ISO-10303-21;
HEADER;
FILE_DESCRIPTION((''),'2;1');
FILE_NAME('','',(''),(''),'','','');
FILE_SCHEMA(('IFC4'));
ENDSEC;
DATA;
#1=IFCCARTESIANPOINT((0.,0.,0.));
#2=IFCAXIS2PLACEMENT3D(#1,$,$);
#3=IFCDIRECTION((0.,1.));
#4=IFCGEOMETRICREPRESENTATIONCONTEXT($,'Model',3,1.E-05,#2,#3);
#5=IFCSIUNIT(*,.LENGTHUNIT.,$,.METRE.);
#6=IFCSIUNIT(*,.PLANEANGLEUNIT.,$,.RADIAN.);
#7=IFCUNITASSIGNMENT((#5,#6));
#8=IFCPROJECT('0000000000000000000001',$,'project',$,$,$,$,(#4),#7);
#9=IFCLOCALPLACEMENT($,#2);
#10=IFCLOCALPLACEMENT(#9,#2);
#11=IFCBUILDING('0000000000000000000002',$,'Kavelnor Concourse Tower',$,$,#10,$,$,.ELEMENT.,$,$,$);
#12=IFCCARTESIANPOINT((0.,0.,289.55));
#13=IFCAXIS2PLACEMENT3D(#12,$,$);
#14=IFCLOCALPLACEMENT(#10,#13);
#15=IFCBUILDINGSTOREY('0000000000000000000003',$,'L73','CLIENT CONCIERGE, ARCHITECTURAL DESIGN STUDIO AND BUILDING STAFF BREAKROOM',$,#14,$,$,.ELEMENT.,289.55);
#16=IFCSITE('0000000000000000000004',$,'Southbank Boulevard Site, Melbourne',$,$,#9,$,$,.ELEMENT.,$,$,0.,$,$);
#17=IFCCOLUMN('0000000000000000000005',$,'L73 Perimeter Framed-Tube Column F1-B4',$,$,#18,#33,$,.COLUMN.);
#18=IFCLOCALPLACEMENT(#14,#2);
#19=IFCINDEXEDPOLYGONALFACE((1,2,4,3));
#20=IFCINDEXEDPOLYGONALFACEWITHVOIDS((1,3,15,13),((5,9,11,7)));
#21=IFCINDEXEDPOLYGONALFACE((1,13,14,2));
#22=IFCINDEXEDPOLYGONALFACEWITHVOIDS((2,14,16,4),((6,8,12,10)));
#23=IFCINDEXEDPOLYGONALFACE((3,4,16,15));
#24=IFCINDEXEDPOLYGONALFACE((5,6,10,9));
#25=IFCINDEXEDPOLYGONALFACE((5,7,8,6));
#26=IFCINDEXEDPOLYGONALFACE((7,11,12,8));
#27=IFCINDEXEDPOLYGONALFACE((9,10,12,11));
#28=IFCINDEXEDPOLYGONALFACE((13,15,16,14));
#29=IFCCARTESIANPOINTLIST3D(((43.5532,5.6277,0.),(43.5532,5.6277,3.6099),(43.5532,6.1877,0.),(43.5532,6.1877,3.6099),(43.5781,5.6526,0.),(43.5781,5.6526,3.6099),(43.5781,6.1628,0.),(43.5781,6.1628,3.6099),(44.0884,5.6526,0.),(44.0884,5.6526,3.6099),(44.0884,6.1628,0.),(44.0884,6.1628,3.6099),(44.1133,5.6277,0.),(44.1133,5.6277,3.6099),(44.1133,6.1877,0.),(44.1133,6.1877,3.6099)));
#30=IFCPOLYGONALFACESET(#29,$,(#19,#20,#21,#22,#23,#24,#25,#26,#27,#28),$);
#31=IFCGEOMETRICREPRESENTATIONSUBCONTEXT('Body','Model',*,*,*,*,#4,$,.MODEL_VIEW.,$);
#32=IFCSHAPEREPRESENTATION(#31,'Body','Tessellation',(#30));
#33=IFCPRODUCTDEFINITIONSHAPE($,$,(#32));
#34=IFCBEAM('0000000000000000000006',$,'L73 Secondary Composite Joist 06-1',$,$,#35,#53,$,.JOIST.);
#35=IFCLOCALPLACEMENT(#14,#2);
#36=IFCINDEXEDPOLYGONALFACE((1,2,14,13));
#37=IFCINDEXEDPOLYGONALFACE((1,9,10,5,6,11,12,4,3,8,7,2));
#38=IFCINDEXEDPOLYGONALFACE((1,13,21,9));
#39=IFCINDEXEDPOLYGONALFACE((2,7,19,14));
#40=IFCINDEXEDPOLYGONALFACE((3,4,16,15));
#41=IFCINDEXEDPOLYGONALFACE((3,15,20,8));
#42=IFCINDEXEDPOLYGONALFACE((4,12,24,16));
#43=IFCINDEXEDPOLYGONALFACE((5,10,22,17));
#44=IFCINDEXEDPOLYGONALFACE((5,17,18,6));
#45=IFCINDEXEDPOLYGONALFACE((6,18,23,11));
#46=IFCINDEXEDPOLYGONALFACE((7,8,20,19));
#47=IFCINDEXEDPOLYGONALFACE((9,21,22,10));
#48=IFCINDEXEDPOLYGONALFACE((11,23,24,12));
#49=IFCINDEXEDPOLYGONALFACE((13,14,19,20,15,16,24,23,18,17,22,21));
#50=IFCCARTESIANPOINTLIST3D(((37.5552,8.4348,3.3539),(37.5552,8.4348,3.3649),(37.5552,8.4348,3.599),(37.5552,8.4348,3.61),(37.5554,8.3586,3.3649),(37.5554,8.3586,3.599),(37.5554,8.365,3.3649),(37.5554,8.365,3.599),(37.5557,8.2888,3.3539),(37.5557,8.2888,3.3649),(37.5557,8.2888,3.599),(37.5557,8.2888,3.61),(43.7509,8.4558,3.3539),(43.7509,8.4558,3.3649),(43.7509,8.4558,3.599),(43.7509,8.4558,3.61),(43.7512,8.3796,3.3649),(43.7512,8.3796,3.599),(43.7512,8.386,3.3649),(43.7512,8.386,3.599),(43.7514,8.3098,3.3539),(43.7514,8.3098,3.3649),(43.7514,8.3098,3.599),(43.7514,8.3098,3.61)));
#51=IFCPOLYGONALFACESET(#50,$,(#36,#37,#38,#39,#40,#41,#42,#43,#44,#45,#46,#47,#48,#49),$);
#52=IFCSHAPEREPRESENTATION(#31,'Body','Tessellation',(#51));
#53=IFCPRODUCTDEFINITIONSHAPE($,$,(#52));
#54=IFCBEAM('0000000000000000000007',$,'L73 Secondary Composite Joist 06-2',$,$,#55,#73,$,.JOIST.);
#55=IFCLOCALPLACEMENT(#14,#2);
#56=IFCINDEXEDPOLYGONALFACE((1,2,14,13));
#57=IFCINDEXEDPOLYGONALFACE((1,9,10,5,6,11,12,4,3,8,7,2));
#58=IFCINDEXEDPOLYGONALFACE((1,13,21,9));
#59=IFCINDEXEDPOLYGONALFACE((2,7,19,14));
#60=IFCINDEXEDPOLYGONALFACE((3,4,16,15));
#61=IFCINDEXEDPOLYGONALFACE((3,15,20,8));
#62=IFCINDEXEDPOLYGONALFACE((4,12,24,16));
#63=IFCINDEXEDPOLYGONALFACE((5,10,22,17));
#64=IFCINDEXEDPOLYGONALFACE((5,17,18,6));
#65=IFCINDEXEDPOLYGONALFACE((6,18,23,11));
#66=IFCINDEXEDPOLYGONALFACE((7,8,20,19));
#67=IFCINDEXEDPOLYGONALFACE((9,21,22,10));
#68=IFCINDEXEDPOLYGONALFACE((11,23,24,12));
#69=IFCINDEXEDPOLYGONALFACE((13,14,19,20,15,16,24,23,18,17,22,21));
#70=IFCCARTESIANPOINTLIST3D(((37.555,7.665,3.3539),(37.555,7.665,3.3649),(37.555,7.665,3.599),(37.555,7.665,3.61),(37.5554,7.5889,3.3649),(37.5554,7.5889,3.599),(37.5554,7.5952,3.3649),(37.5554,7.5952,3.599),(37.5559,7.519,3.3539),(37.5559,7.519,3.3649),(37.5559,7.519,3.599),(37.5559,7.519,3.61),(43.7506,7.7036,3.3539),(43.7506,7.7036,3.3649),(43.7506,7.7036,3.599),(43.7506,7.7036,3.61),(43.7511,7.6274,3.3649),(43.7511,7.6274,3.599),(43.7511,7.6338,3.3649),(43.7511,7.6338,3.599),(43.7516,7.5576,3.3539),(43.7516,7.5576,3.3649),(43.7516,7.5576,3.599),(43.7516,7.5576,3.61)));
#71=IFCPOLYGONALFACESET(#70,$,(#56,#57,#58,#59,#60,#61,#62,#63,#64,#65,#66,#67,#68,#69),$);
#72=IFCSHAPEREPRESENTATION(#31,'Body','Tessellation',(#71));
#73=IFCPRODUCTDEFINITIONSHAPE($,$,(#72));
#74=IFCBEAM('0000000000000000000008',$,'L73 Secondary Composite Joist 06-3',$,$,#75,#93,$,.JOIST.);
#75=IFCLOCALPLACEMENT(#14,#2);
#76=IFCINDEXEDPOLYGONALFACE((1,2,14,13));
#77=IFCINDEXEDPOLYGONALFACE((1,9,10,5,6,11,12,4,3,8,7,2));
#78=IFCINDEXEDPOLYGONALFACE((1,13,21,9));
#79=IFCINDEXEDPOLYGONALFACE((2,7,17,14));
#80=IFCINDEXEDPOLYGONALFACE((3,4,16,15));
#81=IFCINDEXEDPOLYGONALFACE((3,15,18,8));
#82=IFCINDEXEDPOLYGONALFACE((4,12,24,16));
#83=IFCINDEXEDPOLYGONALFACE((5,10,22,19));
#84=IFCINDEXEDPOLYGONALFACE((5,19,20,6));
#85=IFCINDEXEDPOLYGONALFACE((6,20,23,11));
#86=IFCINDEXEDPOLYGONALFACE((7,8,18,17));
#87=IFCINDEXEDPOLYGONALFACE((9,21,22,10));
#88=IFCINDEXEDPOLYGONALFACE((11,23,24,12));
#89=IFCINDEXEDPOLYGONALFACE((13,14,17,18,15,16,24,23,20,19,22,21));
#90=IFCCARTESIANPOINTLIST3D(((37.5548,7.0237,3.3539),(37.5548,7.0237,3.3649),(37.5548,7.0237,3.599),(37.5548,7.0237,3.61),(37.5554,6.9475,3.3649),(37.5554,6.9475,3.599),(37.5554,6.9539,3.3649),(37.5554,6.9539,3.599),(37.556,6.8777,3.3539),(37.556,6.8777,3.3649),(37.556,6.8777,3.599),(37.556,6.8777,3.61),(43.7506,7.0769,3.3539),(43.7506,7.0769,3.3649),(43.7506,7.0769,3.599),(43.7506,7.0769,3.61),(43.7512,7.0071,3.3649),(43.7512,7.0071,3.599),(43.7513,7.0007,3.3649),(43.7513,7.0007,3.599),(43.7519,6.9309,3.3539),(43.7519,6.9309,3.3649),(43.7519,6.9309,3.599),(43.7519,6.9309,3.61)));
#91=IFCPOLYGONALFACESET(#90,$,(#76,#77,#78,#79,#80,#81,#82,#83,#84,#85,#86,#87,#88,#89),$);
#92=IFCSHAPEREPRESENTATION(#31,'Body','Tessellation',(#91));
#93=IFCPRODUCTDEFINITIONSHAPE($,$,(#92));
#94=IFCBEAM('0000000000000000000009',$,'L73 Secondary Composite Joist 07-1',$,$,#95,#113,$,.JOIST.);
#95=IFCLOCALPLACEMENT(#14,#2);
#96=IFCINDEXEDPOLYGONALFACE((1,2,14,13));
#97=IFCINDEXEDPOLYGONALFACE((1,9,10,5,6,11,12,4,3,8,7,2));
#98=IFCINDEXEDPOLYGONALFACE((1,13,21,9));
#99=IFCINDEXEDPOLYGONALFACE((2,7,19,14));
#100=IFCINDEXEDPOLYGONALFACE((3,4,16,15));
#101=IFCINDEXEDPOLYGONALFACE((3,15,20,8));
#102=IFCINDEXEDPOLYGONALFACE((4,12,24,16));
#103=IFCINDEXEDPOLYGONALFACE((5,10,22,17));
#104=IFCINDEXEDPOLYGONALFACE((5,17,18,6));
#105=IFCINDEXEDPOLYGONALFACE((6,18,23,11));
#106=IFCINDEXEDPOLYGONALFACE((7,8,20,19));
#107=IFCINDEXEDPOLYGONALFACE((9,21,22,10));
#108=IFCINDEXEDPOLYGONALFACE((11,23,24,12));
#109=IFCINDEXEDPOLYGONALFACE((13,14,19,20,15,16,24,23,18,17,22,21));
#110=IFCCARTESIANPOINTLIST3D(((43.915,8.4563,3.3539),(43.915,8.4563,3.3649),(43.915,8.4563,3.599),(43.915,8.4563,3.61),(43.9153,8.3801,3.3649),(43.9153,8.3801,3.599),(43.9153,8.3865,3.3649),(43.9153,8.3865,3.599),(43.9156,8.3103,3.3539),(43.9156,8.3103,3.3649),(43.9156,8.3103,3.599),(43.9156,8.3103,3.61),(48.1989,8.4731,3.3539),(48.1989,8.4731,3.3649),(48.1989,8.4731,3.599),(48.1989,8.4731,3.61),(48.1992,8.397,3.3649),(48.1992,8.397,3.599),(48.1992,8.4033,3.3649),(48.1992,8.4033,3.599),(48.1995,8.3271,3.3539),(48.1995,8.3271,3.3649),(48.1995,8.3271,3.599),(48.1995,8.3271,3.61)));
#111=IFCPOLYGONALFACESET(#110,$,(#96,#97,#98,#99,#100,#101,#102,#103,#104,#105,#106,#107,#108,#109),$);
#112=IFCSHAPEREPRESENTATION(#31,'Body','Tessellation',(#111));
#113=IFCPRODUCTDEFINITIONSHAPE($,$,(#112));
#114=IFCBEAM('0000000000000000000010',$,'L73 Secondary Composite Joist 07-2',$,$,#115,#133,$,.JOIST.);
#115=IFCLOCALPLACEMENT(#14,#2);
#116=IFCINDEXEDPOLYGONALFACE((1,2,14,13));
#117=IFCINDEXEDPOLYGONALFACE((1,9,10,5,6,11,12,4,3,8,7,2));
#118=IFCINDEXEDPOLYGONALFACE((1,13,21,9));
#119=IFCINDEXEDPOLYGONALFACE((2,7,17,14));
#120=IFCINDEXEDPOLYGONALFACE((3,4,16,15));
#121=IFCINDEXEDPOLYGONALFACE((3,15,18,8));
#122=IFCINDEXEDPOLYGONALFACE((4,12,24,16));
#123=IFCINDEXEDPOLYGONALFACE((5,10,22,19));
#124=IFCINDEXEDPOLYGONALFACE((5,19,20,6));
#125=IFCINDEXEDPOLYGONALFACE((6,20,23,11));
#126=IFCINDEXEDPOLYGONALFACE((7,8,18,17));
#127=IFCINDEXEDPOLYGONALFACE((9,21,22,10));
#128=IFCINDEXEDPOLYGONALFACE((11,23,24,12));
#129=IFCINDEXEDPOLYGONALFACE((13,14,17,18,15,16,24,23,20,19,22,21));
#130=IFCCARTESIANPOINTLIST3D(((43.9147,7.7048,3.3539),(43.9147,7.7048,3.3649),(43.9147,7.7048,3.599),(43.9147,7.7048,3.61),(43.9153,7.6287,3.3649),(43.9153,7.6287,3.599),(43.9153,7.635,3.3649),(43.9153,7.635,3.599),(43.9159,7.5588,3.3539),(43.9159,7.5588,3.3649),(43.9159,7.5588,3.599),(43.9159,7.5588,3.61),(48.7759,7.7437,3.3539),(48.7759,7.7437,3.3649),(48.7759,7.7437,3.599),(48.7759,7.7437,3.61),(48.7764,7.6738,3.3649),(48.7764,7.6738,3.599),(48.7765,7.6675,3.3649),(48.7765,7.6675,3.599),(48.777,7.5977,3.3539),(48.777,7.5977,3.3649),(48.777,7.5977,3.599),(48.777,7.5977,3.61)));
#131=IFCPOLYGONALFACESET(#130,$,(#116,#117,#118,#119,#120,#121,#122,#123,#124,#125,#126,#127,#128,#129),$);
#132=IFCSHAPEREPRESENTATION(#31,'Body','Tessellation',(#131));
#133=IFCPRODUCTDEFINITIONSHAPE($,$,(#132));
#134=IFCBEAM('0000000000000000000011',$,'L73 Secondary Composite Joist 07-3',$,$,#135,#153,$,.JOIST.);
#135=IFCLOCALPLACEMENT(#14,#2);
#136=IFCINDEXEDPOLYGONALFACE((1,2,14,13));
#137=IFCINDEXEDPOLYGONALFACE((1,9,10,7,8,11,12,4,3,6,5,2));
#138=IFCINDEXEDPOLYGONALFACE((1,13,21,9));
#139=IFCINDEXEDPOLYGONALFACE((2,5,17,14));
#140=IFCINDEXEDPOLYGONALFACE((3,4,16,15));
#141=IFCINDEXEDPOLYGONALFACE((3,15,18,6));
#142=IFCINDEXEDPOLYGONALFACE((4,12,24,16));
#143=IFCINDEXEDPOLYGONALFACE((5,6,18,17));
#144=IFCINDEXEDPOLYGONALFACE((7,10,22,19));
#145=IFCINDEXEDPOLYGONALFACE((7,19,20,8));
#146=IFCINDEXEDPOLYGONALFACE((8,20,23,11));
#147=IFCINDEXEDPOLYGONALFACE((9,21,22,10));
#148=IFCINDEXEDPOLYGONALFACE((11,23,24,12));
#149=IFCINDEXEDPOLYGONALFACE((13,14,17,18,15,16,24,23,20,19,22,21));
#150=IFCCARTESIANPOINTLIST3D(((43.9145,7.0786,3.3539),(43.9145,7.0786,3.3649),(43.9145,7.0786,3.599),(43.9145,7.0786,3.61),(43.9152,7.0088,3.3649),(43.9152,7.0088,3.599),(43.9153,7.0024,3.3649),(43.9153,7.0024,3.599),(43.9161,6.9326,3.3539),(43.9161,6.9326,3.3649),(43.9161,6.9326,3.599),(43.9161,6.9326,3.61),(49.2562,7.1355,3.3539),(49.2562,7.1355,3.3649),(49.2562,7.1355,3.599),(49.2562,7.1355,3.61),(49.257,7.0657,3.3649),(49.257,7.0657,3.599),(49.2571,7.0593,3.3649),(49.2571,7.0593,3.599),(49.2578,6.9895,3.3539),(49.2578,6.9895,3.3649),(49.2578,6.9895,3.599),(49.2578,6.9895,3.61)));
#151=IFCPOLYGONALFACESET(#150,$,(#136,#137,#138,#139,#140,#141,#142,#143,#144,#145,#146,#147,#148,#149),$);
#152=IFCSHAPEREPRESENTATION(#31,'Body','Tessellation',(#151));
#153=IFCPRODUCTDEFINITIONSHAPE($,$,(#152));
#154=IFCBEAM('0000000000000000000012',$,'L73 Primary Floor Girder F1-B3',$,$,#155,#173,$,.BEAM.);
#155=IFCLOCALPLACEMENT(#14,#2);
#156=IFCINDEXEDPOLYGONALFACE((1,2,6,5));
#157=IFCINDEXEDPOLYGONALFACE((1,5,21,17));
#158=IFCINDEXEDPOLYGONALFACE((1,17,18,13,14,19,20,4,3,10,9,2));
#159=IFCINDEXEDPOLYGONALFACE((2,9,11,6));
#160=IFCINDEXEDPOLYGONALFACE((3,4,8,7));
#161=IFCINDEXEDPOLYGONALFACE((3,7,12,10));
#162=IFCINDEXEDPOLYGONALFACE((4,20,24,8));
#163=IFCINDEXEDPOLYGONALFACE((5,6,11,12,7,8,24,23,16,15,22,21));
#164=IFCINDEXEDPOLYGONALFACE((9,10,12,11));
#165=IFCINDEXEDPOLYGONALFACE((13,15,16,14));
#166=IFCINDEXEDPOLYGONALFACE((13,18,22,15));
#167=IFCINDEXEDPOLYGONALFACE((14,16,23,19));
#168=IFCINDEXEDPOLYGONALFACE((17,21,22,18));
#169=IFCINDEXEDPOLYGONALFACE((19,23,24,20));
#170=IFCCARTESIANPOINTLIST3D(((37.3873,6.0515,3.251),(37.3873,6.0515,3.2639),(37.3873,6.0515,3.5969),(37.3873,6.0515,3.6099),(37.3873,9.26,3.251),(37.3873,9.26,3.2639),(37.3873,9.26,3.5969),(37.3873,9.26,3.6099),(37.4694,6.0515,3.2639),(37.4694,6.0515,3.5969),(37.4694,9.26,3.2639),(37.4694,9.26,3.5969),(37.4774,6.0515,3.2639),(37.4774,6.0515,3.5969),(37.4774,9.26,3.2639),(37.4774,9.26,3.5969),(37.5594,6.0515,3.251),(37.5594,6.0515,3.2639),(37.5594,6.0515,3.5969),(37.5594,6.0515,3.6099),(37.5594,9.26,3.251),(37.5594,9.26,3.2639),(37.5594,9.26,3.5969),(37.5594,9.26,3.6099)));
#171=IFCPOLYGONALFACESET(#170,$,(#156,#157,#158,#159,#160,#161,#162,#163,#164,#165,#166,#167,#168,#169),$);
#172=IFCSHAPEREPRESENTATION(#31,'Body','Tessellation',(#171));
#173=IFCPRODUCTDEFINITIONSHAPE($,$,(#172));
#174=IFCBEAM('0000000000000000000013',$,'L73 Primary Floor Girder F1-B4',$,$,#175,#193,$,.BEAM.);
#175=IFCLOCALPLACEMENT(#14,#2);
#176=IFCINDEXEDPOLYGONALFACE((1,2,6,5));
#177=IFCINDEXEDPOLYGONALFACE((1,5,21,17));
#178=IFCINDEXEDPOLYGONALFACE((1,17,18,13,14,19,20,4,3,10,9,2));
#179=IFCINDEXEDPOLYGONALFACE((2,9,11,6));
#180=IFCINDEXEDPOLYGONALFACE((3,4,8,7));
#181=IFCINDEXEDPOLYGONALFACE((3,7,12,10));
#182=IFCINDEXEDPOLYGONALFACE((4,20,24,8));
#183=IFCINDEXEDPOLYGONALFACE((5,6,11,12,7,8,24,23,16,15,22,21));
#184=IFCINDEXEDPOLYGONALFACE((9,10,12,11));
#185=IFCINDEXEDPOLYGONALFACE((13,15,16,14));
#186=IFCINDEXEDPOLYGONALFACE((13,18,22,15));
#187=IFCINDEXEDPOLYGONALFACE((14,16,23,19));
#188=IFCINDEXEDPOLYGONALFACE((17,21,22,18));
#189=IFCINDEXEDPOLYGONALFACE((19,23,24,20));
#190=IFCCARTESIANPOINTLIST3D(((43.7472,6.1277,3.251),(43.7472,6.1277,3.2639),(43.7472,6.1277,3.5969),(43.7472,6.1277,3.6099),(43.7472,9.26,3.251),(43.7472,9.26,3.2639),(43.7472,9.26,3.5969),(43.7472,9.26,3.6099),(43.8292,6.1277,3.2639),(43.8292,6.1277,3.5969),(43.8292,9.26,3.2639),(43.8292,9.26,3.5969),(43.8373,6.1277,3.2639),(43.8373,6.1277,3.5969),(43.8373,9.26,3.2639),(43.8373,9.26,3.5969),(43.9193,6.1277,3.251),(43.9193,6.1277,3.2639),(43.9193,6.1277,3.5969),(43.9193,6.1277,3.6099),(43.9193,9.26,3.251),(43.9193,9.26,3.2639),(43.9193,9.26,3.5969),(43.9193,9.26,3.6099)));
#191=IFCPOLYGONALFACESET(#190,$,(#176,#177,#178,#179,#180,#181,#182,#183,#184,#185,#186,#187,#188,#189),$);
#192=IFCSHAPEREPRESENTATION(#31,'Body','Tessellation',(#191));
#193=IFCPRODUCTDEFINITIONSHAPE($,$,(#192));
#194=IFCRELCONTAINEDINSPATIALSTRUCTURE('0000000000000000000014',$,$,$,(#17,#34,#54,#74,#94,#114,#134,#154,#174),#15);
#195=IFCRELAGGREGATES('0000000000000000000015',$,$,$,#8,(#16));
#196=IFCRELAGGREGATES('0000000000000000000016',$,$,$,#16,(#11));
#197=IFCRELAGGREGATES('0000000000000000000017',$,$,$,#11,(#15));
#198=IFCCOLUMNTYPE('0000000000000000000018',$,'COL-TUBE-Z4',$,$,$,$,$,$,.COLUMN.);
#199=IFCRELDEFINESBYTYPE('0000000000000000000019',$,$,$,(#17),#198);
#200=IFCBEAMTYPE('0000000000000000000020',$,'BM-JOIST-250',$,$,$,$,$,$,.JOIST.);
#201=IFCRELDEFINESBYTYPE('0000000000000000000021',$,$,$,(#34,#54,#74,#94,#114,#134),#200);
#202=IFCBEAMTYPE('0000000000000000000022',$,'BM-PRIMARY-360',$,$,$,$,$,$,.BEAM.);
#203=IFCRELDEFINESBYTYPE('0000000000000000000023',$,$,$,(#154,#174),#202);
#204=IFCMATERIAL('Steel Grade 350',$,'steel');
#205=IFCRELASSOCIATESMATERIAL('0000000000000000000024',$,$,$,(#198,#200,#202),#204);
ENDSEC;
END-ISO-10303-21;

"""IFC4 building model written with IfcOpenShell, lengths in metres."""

from ifc_helpers import new_model, si_unit, direction, frame, origin, origin_2d, place, context, subcontext, project, spatial, hollow_rectangle, i_section, extrude, material, material_profile, profile_set, type_object, element, save


model = new_model("IFC4")

# Units and contexts
model_context = context("Model", 3, precision=1e-05, world=origin(), true_north=direction((0.0, 1.0)))
body_context = subcontext(model_context, "Body", "Model", "MODEL_VIEW")
ifc_project = project(units=[si_unit("LENGTHUNIT", "METRE"), si_unit("PLANEANGLEUNIT", "RADIAN")], contexts=[model_context])

# Site, building, storey
site_placement = place(None, origin())
site = spatial("IfcSite", under=ifc_project, at=site_placement, Name="Southbank Boulevard Site, Melbourne", CompositionType="ELEMENT", RefElevation=0.0)
building_placement = place(site_placement, origin())
building = spatial("IfcBuilding", under=site, at=building_placement, Name="Kavelnor Concourse Tower", CompositionType="ELEMENT")
storey_placement = place(building_placement, frame((0.0, 0.0, 289.55)))
storey = spatial("IfcBuildingStorey", under=building, at=storey_placement, Name="L73", Description="CLIENT CONCIERGE, ARCHITECTURAL DESIGN STUDIO AND BUILDING STAFF BREAKROOM", CompositionType="ELEMENT", Elevation=289.55)

# Column
ifc_material_1 = material(Name="Steel Grade 350", Category="steel")
ifc_material_profile_1 = material_profile(ifc_material_1, hollow_rectangle(XDim=0.5601, YDim=0.5601, WallThickness=0.0249, at=origin_2d()), Name="SHS 560x560x25")
ifc_profile_set_1 = profile_set([ifc_material_profile_1], Name="Steel Grade 350")
column_type = type_object("IfcColumnType", Name="COL-TUBE-Z4", PredefinedType="COLUMN", material=ifc_profile_set_1)
column_placement = place(storey_placement, frame((43.8333, 5.9077, 0.0), z_axis=(0.0, 0.0, 1.0), x_axis=(1.0, 0.0, 0.0)))
element("IfcColumn", 1, at=column_placement, inside=storey, type_object=column_type, Name="L73 Perimeter Framed-Tube Column F1-B4", PredefinedType="COLUMN", context=body_context, shape_type="SweptSolid", body=[
    extrude(hollow_rectangle(XDim=0.5601, YDim=0.5601, WallThickness=0.0249, at=origin_2d()), origin(), (0.0, 0.0, 1.0), 3.6099),
])

# Beams
ifc_material_profile_2 = material_profile(ifc_material_1, i_section(OverallWidth=0.146, OverallDepth=0.2561, WebThickness=0.0063, FlangeThickness=0.011, at=origin_2d()), Name="250UB37")
ifc_profile_set_2 = profile_set([ifc_material_profile_2], Name="Steel Grade 350")
beam_type_1 = type_object("IfcBeamType", Name="BM-JOIST-250", PredefinedType="JOIST", material=ifc_profile_set_2)
for number, where, z_axis, x_axis, name in (
    (2, (37.5554, 8.3618, 3.4819), (0.999994, 0.003389, 0.0), (-0.003389, 0.999994, 0.0), "L73 Secondary Composite Joist 06-1"),
    (3, (37.5554, 7.592, 3.4819), (0.999981, 0.006226, 0.0), (-0.006226, 0.999981, 0.0), "L73 Secondary Composite Joist 06-2"),
):
    element("IfcBeam", number, at=place(storey_placement, frame(where, z_axis=z_axis, x_axis=x_axis)), inside=storey, type_object=beam_type_1, Name=name, PredefinedType="JOIST", context=body_context, shape_type="SweptSolid", body=[
        extrude(i_section(OverallWidth=0.146, OverallDepth=0.2561, WebThickness=0.0063, FlangeThickness=0.011, at=origin_2d()), origin(), (0.0, 0.0, 1.0), 6.1958),
    ])
beam_1_placement = place(storey_placement, frame((37.5554, 6.9507, 3.4819), z_axis=(0.999963, 0.00859, 0.0), x_axis=(-0.00859, 0.999963, 0.0)))
element("IfcBeam", 4, at=beam_1_placement, inside=storey, type_object=beam_type_1, Name="L73 Secondary Composite Joist 06-3", PredefinedType="JOIST", context=body_context, shape_type="SweptSolid", body=[
    extrude(i_section(OverallWidth=0.146, OverallDepth=0.2561, WebThickness=0.0063, FlangeThickness=0.011, at=origin_2d()), origin(), (0.0, 0.0, 1.0), 6.196),
])
beam_2_placement = place(storey_placement, frame((43.9153, 8.3833, 3.4819), z_axis=(0.999992, 0.003932, 0.0), x_axis=(-0.003932, 0.999992, 0.0)))
element("IfcBeam", 5, at=beam_2_placement, inside=storey, type_object=beam_type_1, Name="L73 Secondary Composite Joist 07-1", PredefinedType="JOIST", context=body_context, shape_type="SweptSolid", body=[
    extrude(i_section(OverallWidth=0.146, OverallDepth=0.2561, WebThickness=0.0063, FlangeThickness=0.011, at=origin_2d()), origin(), (0.0, 0.0, 1.0), 4.2839),
])
beam_3_placement = place(storey_placement, frame((43.9153, 7.6318, 3.4819), z_axis=(0.999968, 0.007985, 0.0), x_axis=(-0.007985, 0.999968, 0.0)))
element("IfcBeam", 6, at=beam_3_placement, inside=storey, type_object=beam_type_1, Name="L73 Secondary Composite Joist 07-2", PredefinedType="JOIST", context=body_context, shape_type="SweptSolid", body=[
    extrude(i_section(OverallWidth=0.146, OverallDepth=0.2561, WebThickness=0.0063, FlangeThickness=0.011, at=origin_2d()), origin(), (0.0, 0.0, 1.0), 4.8613),
])
beam_4_placement = place(storey_placement, frame((43.9153, 7.0056, 3.4819), z_axis=(0.999943, 0.010648, 0.0), x_axis=(-0.010648, 0.999943, 0.0)))
element("IfcBeam", 7, at=beam_4_placement, inside=storey, type_object=beam_type_1, Name="L73 Secondary Composite Joist 07-3", PredefinedType="JOIST", context=body_context, shape_type="SweptSolid", body=[
    extrude(i_section(OverallWidth=0.146, OverallDepth=0.2561, WebThickness=0.0063, FlangeThickness=0.011, at=origin_2d()), origin(), (0.0, 0.0, 1.0), 5.342),
])
ifc_material_profile_3 = material_profile(ifc_material_1, i_section(OverallWidth=0.1721, OverallDepth=0.3589, WebThickness=0.0081, FlangeThickness=0.0129, at=origin_2d()), Name="360UB56")
ifc_profile_set_3 = profile_set([ifc_material_profile_3], Name="Steel Grade 350")
beam_type_2 = type_object("IfcBeamType", Name="BM-PRIMARY-360", PredefinedType="BEAM", material=ifc_profile_set_3)
beam_5_placement = place(storey_placement, frame((37.4734, 9.26, 3.4304), z_axis=(0.0, -1.0, 0.0), x_axis=(1.0, 0.0, 0.0)))
element("IfcBeam", 8, at=beam_5_placement, inside=storey, type_object=beam_type_2, Name="L73 Primary Floor Girder F1-B3", PredefinedType="BEAM", context=body_context, shape_type="SweptSolid", body=[
    extrude(i_section(OverallWidth=0.1721, OverallDepth=0.3589, WebThickness=0.0081, FlangeThickness=0.0129, at=origin_2d()), origin(), (0.0, 0.0, 1.0), 3.2085),
])
beam_6_placement = place(storey_placement, frame((43.8333, 9.26, 3.4304), z_axis=(0.0, -1.0, 0.0), x_axis=(1.0, 0.0, 0.0)))
element("IfcBeam", 9, at=beam_6_placement, inside=storey, type_object=beam_type_2, Name="L73 Primary Floor Girder F1-B4", PredefinedType="BEAM", context=body_context, shape_type="SweptSolid", body=[
    extrude(i_section(OverallWidth=0.1721, OverallDepth=0.3589, WebThickness=0.0081, FlangeThickness=0.0129, at=origin_2d()), origin(), (0.0, 0.0, 1.0), 3.1323),
])

save(model, "model.ifc")
